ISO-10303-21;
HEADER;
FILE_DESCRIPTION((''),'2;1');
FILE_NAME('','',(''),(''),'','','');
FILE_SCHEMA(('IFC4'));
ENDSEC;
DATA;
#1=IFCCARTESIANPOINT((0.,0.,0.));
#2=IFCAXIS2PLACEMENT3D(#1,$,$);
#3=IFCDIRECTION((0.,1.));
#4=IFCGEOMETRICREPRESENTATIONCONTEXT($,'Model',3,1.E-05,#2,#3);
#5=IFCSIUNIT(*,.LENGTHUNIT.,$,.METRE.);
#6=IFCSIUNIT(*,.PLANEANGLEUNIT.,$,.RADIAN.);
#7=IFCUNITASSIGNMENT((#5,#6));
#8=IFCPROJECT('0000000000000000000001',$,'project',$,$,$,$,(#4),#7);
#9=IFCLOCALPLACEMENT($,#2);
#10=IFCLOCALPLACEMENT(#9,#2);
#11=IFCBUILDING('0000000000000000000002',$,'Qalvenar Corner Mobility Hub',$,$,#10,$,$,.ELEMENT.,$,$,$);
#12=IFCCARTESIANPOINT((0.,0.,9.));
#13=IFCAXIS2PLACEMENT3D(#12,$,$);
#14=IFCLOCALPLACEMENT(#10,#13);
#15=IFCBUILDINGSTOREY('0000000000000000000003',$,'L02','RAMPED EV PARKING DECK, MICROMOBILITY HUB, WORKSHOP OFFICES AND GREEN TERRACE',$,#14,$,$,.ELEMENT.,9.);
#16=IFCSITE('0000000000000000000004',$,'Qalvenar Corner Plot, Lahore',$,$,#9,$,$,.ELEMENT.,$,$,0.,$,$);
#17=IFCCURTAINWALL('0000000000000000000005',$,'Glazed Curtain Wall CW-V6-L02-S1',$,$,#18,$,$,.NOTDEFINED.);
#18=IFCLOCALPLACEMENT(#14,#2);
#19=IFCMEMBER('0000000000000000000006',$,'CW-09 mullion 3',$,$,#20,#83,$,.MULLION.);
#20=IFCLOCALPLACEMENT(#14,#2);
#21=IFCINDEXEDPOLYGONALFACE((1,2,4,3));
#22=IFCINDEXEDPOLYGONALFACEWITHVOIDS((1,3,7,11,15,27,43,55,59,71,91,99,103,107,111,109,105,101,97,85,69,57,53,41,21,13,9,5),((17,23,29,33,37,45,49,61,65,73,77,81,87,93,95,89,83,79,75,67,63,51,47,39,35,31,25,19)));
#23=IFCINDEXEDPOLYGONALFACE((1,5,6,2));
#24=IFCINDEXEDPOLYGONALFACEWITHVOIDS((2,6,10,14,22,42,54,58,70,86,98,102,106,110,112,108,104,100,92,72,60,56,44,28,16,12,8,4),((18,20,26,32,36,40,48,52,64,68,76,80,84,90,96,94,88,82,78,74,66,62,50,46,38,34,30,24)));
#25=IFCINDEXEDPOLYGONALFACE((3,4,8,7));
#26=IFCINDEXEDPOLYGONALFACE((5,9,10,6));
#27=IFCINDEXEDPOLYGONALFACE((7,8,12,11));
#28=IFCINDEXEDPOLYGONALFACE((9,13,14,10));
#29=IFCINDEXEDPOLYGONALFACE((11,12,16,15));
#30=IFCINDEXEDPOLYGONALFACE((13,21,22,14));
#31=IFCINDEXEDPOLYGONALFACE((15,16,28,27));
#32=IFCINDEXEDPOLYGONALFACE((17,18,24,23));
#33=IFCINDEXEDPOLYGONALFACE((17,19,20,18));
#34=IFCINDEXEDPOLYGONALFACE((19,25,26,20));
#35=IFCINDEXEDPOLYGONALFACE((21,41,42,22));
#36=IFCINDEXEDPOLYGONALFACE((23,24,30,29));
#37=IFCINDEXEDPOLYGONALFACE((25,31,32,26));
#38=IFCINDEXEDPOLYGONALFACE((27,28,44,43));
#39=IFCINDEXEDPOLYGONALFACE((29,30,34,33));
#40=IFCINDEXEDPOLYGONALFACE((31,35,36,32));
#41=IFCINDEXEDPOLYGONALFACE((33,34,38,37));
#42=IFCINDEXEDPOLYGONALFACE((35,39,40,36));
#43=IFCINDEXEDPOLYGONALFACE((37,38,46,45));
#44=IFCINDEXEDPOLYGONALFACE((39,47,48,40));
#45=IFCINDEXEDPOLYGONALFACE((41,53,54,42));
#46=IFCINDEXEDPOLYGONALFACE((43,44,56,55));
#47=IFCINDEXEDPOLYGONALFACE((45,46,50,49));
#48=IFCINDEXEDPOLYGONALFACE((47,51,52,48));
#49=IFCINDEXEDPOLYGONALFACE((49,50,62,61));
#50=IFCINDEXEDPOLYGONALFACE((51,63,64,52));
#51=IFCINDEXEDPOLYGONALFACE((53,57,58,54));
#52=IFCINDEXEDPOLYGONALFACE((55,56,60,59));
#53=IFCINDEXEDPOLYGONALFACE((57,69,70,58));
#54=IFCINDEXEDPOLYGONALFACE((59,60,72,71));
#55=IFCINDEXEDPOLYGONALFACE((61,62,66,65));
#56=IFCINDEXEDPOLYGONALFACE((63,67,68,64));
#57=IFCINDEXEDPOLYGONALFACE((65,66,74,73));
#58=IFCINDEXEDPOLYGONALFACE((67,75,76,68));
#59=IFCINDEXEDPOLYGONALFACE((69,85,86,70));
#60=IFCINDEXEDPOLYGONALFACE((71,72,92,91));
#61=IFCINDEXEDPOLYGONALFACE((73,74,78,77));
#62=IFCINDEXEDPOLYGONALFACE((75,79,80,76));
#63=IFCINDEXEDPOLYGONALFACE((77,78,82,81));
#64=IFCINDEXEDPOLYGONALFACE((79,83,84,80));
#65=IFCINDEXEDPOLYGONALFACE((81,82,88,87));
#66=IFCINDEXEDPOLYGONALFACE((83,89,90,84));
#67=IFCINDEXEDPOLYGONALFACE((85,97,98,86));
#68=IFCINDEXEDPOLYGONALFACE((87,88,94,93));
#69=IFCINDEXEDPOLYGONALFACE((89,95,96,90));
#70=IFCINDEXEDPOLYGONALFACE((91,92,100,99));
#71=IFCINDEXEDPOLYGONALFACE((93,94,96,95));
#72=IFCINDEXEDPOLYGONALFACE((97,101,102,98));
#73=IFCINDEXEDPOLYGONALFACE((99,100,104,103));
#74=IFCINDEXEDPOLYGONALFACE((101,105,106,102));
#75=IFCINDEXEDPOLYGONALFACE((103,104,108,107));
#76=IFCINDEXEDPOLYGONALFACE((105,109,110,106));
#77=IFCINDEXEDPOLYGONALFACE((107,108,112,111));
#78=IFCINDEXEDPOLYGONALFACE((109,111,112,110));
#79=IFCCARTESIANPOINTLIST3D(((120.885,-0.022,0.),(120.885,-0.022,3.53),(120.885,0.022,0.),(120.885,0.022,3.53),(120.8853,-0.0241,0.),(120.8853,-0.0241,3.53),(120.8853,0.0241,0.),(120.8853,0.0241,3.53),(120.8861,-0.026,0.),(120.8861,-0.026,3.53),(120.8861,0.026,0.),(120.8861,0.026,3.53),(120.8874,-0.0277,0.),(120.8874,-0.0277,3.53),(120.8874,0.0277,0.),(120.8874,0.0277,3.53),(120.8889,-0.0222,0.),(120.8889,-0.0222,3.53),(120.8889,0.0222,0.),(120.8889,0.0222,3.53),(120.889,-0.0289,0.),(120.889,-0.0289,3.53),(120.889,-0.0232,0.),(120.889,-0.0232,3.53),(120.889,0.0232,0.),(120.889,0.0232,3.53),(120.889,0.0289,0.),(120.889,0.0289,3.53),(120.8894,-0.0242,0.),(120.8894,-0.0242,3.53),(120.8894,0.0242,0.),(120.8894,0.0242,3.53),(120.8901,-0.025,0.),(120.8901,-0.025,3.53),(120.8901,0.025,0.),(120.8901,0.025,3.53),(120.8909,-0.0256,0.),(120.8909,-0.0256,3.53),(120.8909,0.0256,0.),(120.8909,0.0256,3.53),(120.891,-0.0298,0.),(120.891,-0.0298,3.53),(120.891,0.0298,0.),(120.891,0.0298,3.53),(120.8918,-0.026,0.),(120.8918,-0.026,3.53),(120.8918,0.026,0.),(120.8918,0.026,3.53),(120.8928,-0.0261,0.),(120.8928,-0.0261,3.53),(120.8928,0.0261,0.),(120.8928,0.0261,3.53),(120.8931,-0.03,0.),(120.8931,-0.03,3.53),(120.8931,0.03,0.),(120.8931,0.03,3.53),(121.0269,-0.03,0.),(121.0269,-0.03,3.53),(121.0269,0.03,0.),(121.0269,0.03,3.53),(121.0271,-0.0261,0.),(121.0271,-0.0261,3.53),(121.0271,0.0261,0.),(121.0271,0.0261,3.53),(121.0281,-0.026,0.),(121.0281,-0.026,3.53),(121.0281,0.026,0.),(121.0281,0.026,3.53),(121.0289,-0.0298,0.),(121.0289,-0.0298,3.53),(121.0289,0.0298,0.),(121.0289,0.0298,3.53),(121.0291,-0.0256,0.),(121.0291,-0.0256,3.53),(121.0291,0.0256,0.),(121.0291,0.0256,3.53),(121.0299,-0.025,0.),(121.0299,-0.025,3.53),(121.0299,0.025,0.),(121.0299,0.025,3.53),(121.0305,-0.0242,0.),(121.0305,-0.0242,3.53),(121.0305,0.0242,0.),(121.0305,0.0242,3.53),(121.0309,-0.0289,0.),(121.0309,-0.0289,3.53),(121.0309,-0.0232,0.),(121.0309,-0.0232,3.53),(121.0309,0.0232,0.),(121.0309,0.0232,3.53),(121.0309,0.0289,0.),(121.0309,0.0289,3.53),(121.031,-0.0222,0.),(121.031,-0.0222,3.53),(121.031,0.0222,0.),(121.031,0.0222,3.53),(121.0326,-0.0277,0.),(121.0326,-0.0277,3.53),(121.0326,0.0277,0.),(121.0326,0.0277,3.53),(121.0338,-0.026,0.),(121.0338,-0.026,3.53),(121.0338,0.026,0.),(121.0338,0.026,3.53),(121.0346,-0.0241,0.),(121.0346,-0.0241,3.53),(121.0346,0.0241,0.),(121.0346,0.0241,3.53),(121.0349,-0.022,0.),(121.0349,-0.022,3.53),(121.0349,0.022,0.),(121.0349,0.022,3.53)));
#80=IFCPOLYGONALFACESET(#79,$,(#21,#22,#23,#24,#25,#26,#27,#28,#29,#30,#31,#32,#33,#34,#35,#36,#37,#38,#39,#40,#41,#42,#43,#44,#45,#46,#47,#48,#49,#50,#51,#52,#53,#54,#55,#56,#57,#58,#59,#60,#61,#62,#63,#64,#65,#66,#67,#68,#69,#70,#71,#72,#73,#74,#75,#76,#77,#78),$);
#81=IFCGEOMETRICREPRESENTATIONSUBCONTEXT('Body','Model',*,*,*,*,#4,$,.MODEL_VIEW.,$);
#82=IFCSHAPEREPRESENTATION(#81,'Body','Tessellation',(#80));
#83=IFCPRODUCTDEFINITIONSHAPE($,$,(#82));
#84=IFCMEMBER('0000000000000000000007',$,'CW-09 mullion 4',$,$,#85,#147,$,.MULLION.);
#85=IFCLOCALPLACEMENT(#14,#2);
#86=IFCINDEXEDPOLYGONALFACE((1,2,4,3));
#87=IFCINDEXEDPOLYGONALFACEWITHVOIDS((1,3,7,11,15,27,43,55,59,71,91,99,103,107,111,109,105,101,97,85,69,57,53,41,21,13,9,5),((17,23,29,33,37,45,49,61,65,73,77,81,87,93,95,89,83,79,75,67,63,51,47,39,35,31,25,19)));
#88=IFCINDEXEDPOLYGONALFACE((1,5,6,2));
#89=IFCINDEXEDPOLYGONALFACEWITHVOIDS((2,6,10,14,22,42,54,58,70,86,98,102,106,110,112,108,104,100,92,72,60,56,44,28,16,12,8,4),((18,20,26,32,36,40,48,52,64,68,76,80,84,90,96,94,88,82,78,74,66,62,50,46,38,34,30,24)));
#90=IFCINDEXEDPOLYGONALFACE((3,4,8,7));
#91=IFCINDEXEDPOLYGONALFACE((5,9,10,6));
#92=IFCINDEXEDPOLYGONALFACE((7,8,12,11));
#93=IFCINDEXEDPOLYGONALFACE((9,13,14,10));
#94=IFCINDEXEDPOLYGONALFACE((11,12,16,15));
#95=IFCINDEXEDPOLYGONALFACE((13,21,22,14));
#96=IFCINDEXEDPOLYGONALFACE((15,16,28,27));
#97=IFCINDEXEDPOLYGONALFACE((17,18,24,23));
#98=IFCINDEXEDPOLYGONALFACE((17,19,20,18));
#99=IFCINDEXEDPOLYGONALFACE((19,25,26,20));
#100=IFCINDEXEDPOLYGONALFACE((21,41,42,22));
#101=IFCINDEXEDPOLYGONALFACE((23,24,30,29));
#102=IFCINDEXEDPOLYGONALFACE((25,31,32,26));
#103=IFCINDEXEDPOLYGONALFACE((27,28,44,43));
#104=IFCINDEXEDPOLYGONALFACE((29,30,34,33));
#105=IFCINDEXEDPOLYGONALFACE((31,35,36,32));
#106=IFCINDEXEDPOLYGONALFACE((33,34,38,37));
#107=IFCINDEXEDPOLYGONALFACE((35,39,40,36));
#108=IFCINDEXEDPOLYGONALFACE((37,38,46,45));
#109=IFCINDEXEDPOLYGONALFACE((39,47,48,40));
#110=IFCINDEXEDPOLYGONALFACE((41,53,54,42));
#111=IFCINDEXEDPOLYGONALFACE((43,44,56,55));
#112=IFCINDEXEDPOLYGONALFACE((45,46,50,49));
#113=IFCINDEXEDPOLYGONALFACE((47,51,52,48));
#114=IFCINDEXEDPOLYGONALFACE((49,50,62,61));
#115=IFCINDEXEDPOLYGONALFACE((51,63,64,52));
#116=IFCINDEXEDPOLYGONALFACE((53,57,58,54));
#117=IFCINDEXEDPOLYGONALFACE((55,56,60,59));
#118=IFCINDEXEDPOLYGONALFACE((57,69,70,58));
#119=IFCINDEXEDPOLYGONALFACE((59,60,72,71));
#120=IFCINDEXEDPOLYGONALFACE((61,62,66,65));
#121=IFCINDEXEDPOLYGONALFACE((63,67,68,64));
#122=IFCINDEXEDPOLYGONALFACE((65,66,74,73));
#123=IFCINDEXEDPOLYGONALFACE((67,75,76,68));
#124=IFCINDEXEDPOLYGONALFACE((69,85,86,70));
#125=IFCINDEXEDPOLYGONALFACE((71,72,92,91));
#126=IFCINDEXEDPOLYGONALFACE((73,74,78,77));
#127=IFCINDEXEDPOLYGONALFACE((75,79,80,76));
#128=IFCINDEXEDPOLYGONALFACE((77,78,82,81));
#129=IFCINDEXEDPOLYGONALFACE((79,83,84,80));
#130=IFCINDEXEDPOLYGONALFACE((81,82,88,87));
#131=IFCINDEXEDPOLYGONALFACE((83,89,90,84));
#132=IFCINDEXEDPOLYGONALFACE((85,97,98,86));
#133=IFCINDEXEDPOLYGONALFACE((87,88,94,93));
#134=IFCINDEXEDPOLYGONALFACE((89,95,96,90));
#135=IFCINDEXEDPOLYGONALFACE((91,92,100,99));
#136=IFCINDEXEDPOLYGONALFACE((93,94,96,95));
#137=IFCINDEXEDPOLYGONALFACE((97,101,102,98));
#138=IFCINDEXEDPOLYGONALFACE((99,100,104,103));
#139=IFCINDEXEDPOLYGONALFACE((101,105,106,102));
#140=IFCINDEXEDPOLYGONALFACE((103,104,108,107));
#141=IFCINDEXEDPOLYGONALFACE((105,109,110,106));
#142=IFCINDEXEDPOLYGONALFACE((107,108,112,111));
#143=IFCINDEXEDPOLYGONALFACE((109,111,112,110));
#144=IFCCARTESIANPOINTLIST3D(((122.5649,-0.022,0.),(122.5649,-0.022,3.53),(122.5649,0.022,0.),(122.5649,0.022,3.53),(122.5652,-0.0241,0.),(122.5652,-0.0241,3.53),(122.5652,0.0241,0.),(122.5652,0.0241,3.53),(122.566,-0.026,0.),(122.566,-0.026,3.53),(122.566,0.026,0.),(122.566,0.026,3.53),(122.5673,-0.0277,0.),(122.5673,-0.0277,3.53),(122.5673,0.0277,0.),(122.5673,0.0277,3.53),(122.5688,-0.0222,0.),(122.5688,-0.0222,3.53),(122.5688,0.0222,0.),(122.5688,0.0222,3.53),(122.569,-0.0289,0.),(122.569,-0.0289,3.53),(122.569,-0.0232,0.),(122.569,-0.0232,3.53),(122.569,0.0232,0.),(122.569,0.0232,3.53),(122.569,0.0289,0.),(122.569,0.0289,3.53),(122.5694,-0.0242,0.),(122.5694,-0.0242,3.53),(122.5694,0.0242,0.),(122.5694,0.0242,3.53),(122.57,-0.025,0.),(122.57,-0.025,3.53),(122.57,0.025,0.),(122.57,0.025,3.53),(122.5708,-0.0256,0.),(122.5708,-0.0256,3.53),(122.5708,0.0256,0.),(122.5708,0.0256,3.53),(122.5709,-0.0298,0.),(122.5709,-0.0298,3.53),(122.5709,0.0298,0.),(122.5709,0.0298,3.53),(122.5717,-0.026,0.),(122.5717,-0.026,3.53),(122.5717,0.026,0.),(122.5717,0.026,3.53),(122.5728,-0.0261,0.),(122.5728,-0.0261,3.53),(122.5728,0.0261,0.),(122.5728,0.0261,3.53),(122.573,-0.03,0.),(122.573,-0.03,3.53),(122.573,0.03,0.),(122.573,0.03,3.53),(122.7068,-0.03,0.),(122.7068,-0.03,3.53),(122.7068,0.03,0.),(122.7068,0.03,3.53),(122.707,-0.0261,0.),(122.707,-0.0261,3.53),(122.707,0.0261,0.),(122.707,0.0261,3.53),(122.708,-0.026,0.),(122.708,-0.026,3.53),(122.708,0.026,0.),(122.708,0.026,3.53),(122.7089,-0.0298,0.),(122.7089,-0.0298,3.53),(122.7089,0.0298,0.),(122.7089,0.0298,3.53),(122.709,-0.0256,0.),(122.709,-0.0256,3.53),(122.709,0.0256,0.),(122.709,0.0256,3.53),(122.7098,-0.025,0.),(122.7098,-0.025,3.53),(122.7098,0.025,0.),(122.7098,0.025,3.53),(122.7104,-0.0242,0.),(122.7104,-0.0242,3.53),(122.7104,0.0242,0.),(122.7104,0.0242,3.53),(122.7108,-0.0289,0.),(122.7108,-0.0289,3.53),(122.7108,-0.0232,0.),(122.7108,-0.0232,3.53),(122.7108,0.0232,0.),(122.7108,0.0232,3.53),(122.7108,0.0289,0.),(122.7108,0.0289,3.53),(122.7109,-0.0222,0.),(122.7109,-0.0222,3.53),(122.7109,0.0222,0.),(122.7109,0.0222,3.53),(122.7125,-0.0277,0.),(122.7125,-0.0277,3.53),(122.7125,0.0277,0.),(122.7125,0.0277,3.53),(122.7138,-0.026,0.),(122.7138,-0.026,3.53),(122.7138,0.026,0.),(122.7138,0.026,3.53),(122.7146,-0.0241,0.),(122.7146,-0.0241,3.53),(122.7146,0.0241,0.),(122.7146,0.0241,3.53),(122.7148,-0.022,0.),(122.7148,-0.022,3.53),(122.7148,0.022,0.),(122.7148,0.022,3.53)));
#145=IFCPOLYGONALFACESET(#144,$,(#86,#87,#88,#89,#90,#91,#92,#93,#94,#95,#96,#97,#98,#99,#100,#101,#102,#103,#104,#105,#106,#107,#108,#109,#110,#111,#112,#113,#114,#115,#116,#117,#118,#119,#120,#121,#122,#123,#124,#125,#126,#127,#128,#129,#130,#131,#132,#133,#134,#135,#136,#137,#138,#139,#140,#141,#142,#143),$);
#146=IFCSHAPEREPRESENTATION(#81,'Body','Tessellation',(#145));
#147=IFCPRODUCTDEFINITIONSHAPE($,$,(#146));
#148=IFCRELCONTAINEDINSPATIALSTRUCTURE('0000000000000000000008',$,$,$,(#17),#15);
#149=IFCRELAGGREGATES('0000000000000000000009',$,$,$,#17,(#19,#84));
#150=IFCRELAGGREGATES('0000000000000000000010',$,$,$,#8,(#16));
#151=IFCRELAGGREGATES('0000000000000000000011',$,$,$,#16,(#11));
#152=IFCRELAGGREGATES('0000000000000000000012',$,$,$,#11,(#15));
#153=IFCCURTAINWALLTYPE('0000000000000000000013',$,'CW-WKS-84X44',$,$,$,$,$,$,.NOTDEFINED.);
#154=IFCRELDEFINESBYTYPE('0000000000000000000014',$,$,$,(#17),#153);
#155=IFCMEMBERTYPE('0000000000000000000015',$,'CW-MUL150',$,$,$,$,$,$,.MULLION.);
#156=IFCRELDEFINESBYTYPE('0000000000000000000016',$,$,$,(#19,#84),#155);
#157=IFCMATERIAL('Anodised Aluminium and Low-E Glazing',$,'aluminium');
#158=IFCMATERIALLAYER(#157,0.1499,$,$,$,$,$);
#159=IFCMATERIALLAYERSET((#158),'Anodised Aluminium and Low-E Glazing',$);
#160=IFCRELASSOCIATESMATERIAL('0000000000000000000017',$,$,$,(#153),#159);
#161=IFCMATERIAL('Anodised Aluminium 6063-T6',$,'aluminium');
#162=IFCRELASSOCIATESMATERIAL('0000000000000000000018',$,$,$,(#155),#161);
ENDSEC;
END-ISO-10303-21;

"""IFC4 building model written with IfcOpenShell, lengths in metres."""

from ifc_helpers import new_model, si_unit, direction, frame, origin, origin_2d, place, context, subcontext, project, spatial, hollow_rectangle, extrude, material, layer, layer_set, material_profile, profile_set, type_object, element, aggregate, save


model = new_model("IFC4")

# Units and contexts
model_context = context("Model", 3, precision=1e-05, world=origin(), true_north=direction((0.0, 1.0)))
body_context = subcontext(model_context, "Body", "Model", "MODEL_VIEW")
ifc_project = project(units=[si_unit("LENGTHUNIT", "METRE"), si_unit("PLANEANGLEUNIT", "RADIAN")], contexts=[model_context])

# Site, building, storey
site_placement = place(None, origin())
site = spatial("IfcSite", under=ifc_project, at=site_placement, Name="Qalvenar Corner Plot, Lahore", CompositionType="ELEMENT", RefElevation=0.0)
building_placement = place(site_placement, origin())
building = spatial("IfcBuilding", under=site, at=building_placement, Name="Qalvenar Corner Mobility Hub", CompositionType="ELEMENT")
storey_placement = place(building_placement, frame((0.0, 0.0, 9.0)))
storey = spatial("IfcBuildingStorey", under=building, at=storey_placement, Name="L02", Description="RAMPED EV PARKING DECK, MICROMOBILITY HUB, WORKSHOP OFFICES AND GREEN TERRACE", CompositionType="ELEMENT", Elevation=9.0)

# Curtain wall, members
ifc_material_1 = material(Name="Anodised Aluminium and Low-E Glazing", Category="aluminium")
ifc_layer_1 = layer(ifc_material_1, 0.1499)
ifc_layer_set_1 = layer_set([ifc_layer_1], Name="Anodised Aluminium and Low-E Glazing")
curtain_wall_type = type_object("IfcCurtainWallType", Name="CW-WKS-84X44", PredefinedType="NOTDEFINED", material=ifc_layer_set_1)
curtain_wall_placement = place(storey_placement, origin())
curtain_wall = element("IfcCurtainWall", 1, at=curtain_wall_placement, inside=storey, type_object=curtain_wall_type, Name="Glazed Curtain Wall CW-V6-L02-S1", PredefinedType="NOTDEFINED")
ifc_material_2 = material(Name="Anodised Aluminium 6063-T6", Category="aluminium")
ifc_material_profile_1 = material_profile(ifc_material_2, hollow_rectangle(XDim=0.0601, YDim=0.1499, WallThickness=0.0039, InnerFilletRadius=0.0039, OuterFilletRadius=0.0081, at=origin_2d()), Name="RHS150x60x4")
ifc_profile_set_1 = profile_set([ifc_material_profile_1], Name="Anodised Aluminium 6063-T6")
member_type_1 = type_object("IfcMemberType", Name="CW-MUL150", PredefinedType="MULLION", material=ifc_profile_set_1)
member_1_placement = place(storey_placement, frame((120.96, 0.0, 0.0), z_axis=(0.0, 0.0, 1.0), x_axis=(0.0, 1.0, 0.0)))
member_1 = element("IfcMember", 2, at=member_1_placement, type_object=member_type_1, Name="CW-09 mullion 3", PredefinedType="MULLION", context=body_context, shape_type="SweptSolid", body=[
    extrude(hollow_rectangle(XDim=0.0601, YDim=0.1499, WallThickness=0.0039, InnerFilletRadius=0.0039, OuterFilletRadius=0.0081, at=origin_2d()), origin(), (0.0, 0.0, 1.0), 3.53),
])
member_2_placement = place(storey_placement, frame((122.6399, 0.0, 0.0), z_axis=(0.0, 0.0, 1.0), x_axis=(0.0, 1.0, 0.0)))
member_2 = element("IfcMember", 3, at=member_2_placement, type_object=member_type_1, Name="CW-09 mullion 4", PredefinedType="MULLION", context=body_context, shape_type="SweptSolid", body=[
    extrude(hollow_rectangle(XDim=0.0601, YDim=0.1499, WallThickness=0.0039, InnerFilletRadius=0.0039, OuterFilletRadius=0.0081, at=origin_2d()), origin(), (0.0, 0.0, 1.0), 3.53),
])
aggregate(curtain_wall, [member_1, member_2])

save(model, "model.ifc")
